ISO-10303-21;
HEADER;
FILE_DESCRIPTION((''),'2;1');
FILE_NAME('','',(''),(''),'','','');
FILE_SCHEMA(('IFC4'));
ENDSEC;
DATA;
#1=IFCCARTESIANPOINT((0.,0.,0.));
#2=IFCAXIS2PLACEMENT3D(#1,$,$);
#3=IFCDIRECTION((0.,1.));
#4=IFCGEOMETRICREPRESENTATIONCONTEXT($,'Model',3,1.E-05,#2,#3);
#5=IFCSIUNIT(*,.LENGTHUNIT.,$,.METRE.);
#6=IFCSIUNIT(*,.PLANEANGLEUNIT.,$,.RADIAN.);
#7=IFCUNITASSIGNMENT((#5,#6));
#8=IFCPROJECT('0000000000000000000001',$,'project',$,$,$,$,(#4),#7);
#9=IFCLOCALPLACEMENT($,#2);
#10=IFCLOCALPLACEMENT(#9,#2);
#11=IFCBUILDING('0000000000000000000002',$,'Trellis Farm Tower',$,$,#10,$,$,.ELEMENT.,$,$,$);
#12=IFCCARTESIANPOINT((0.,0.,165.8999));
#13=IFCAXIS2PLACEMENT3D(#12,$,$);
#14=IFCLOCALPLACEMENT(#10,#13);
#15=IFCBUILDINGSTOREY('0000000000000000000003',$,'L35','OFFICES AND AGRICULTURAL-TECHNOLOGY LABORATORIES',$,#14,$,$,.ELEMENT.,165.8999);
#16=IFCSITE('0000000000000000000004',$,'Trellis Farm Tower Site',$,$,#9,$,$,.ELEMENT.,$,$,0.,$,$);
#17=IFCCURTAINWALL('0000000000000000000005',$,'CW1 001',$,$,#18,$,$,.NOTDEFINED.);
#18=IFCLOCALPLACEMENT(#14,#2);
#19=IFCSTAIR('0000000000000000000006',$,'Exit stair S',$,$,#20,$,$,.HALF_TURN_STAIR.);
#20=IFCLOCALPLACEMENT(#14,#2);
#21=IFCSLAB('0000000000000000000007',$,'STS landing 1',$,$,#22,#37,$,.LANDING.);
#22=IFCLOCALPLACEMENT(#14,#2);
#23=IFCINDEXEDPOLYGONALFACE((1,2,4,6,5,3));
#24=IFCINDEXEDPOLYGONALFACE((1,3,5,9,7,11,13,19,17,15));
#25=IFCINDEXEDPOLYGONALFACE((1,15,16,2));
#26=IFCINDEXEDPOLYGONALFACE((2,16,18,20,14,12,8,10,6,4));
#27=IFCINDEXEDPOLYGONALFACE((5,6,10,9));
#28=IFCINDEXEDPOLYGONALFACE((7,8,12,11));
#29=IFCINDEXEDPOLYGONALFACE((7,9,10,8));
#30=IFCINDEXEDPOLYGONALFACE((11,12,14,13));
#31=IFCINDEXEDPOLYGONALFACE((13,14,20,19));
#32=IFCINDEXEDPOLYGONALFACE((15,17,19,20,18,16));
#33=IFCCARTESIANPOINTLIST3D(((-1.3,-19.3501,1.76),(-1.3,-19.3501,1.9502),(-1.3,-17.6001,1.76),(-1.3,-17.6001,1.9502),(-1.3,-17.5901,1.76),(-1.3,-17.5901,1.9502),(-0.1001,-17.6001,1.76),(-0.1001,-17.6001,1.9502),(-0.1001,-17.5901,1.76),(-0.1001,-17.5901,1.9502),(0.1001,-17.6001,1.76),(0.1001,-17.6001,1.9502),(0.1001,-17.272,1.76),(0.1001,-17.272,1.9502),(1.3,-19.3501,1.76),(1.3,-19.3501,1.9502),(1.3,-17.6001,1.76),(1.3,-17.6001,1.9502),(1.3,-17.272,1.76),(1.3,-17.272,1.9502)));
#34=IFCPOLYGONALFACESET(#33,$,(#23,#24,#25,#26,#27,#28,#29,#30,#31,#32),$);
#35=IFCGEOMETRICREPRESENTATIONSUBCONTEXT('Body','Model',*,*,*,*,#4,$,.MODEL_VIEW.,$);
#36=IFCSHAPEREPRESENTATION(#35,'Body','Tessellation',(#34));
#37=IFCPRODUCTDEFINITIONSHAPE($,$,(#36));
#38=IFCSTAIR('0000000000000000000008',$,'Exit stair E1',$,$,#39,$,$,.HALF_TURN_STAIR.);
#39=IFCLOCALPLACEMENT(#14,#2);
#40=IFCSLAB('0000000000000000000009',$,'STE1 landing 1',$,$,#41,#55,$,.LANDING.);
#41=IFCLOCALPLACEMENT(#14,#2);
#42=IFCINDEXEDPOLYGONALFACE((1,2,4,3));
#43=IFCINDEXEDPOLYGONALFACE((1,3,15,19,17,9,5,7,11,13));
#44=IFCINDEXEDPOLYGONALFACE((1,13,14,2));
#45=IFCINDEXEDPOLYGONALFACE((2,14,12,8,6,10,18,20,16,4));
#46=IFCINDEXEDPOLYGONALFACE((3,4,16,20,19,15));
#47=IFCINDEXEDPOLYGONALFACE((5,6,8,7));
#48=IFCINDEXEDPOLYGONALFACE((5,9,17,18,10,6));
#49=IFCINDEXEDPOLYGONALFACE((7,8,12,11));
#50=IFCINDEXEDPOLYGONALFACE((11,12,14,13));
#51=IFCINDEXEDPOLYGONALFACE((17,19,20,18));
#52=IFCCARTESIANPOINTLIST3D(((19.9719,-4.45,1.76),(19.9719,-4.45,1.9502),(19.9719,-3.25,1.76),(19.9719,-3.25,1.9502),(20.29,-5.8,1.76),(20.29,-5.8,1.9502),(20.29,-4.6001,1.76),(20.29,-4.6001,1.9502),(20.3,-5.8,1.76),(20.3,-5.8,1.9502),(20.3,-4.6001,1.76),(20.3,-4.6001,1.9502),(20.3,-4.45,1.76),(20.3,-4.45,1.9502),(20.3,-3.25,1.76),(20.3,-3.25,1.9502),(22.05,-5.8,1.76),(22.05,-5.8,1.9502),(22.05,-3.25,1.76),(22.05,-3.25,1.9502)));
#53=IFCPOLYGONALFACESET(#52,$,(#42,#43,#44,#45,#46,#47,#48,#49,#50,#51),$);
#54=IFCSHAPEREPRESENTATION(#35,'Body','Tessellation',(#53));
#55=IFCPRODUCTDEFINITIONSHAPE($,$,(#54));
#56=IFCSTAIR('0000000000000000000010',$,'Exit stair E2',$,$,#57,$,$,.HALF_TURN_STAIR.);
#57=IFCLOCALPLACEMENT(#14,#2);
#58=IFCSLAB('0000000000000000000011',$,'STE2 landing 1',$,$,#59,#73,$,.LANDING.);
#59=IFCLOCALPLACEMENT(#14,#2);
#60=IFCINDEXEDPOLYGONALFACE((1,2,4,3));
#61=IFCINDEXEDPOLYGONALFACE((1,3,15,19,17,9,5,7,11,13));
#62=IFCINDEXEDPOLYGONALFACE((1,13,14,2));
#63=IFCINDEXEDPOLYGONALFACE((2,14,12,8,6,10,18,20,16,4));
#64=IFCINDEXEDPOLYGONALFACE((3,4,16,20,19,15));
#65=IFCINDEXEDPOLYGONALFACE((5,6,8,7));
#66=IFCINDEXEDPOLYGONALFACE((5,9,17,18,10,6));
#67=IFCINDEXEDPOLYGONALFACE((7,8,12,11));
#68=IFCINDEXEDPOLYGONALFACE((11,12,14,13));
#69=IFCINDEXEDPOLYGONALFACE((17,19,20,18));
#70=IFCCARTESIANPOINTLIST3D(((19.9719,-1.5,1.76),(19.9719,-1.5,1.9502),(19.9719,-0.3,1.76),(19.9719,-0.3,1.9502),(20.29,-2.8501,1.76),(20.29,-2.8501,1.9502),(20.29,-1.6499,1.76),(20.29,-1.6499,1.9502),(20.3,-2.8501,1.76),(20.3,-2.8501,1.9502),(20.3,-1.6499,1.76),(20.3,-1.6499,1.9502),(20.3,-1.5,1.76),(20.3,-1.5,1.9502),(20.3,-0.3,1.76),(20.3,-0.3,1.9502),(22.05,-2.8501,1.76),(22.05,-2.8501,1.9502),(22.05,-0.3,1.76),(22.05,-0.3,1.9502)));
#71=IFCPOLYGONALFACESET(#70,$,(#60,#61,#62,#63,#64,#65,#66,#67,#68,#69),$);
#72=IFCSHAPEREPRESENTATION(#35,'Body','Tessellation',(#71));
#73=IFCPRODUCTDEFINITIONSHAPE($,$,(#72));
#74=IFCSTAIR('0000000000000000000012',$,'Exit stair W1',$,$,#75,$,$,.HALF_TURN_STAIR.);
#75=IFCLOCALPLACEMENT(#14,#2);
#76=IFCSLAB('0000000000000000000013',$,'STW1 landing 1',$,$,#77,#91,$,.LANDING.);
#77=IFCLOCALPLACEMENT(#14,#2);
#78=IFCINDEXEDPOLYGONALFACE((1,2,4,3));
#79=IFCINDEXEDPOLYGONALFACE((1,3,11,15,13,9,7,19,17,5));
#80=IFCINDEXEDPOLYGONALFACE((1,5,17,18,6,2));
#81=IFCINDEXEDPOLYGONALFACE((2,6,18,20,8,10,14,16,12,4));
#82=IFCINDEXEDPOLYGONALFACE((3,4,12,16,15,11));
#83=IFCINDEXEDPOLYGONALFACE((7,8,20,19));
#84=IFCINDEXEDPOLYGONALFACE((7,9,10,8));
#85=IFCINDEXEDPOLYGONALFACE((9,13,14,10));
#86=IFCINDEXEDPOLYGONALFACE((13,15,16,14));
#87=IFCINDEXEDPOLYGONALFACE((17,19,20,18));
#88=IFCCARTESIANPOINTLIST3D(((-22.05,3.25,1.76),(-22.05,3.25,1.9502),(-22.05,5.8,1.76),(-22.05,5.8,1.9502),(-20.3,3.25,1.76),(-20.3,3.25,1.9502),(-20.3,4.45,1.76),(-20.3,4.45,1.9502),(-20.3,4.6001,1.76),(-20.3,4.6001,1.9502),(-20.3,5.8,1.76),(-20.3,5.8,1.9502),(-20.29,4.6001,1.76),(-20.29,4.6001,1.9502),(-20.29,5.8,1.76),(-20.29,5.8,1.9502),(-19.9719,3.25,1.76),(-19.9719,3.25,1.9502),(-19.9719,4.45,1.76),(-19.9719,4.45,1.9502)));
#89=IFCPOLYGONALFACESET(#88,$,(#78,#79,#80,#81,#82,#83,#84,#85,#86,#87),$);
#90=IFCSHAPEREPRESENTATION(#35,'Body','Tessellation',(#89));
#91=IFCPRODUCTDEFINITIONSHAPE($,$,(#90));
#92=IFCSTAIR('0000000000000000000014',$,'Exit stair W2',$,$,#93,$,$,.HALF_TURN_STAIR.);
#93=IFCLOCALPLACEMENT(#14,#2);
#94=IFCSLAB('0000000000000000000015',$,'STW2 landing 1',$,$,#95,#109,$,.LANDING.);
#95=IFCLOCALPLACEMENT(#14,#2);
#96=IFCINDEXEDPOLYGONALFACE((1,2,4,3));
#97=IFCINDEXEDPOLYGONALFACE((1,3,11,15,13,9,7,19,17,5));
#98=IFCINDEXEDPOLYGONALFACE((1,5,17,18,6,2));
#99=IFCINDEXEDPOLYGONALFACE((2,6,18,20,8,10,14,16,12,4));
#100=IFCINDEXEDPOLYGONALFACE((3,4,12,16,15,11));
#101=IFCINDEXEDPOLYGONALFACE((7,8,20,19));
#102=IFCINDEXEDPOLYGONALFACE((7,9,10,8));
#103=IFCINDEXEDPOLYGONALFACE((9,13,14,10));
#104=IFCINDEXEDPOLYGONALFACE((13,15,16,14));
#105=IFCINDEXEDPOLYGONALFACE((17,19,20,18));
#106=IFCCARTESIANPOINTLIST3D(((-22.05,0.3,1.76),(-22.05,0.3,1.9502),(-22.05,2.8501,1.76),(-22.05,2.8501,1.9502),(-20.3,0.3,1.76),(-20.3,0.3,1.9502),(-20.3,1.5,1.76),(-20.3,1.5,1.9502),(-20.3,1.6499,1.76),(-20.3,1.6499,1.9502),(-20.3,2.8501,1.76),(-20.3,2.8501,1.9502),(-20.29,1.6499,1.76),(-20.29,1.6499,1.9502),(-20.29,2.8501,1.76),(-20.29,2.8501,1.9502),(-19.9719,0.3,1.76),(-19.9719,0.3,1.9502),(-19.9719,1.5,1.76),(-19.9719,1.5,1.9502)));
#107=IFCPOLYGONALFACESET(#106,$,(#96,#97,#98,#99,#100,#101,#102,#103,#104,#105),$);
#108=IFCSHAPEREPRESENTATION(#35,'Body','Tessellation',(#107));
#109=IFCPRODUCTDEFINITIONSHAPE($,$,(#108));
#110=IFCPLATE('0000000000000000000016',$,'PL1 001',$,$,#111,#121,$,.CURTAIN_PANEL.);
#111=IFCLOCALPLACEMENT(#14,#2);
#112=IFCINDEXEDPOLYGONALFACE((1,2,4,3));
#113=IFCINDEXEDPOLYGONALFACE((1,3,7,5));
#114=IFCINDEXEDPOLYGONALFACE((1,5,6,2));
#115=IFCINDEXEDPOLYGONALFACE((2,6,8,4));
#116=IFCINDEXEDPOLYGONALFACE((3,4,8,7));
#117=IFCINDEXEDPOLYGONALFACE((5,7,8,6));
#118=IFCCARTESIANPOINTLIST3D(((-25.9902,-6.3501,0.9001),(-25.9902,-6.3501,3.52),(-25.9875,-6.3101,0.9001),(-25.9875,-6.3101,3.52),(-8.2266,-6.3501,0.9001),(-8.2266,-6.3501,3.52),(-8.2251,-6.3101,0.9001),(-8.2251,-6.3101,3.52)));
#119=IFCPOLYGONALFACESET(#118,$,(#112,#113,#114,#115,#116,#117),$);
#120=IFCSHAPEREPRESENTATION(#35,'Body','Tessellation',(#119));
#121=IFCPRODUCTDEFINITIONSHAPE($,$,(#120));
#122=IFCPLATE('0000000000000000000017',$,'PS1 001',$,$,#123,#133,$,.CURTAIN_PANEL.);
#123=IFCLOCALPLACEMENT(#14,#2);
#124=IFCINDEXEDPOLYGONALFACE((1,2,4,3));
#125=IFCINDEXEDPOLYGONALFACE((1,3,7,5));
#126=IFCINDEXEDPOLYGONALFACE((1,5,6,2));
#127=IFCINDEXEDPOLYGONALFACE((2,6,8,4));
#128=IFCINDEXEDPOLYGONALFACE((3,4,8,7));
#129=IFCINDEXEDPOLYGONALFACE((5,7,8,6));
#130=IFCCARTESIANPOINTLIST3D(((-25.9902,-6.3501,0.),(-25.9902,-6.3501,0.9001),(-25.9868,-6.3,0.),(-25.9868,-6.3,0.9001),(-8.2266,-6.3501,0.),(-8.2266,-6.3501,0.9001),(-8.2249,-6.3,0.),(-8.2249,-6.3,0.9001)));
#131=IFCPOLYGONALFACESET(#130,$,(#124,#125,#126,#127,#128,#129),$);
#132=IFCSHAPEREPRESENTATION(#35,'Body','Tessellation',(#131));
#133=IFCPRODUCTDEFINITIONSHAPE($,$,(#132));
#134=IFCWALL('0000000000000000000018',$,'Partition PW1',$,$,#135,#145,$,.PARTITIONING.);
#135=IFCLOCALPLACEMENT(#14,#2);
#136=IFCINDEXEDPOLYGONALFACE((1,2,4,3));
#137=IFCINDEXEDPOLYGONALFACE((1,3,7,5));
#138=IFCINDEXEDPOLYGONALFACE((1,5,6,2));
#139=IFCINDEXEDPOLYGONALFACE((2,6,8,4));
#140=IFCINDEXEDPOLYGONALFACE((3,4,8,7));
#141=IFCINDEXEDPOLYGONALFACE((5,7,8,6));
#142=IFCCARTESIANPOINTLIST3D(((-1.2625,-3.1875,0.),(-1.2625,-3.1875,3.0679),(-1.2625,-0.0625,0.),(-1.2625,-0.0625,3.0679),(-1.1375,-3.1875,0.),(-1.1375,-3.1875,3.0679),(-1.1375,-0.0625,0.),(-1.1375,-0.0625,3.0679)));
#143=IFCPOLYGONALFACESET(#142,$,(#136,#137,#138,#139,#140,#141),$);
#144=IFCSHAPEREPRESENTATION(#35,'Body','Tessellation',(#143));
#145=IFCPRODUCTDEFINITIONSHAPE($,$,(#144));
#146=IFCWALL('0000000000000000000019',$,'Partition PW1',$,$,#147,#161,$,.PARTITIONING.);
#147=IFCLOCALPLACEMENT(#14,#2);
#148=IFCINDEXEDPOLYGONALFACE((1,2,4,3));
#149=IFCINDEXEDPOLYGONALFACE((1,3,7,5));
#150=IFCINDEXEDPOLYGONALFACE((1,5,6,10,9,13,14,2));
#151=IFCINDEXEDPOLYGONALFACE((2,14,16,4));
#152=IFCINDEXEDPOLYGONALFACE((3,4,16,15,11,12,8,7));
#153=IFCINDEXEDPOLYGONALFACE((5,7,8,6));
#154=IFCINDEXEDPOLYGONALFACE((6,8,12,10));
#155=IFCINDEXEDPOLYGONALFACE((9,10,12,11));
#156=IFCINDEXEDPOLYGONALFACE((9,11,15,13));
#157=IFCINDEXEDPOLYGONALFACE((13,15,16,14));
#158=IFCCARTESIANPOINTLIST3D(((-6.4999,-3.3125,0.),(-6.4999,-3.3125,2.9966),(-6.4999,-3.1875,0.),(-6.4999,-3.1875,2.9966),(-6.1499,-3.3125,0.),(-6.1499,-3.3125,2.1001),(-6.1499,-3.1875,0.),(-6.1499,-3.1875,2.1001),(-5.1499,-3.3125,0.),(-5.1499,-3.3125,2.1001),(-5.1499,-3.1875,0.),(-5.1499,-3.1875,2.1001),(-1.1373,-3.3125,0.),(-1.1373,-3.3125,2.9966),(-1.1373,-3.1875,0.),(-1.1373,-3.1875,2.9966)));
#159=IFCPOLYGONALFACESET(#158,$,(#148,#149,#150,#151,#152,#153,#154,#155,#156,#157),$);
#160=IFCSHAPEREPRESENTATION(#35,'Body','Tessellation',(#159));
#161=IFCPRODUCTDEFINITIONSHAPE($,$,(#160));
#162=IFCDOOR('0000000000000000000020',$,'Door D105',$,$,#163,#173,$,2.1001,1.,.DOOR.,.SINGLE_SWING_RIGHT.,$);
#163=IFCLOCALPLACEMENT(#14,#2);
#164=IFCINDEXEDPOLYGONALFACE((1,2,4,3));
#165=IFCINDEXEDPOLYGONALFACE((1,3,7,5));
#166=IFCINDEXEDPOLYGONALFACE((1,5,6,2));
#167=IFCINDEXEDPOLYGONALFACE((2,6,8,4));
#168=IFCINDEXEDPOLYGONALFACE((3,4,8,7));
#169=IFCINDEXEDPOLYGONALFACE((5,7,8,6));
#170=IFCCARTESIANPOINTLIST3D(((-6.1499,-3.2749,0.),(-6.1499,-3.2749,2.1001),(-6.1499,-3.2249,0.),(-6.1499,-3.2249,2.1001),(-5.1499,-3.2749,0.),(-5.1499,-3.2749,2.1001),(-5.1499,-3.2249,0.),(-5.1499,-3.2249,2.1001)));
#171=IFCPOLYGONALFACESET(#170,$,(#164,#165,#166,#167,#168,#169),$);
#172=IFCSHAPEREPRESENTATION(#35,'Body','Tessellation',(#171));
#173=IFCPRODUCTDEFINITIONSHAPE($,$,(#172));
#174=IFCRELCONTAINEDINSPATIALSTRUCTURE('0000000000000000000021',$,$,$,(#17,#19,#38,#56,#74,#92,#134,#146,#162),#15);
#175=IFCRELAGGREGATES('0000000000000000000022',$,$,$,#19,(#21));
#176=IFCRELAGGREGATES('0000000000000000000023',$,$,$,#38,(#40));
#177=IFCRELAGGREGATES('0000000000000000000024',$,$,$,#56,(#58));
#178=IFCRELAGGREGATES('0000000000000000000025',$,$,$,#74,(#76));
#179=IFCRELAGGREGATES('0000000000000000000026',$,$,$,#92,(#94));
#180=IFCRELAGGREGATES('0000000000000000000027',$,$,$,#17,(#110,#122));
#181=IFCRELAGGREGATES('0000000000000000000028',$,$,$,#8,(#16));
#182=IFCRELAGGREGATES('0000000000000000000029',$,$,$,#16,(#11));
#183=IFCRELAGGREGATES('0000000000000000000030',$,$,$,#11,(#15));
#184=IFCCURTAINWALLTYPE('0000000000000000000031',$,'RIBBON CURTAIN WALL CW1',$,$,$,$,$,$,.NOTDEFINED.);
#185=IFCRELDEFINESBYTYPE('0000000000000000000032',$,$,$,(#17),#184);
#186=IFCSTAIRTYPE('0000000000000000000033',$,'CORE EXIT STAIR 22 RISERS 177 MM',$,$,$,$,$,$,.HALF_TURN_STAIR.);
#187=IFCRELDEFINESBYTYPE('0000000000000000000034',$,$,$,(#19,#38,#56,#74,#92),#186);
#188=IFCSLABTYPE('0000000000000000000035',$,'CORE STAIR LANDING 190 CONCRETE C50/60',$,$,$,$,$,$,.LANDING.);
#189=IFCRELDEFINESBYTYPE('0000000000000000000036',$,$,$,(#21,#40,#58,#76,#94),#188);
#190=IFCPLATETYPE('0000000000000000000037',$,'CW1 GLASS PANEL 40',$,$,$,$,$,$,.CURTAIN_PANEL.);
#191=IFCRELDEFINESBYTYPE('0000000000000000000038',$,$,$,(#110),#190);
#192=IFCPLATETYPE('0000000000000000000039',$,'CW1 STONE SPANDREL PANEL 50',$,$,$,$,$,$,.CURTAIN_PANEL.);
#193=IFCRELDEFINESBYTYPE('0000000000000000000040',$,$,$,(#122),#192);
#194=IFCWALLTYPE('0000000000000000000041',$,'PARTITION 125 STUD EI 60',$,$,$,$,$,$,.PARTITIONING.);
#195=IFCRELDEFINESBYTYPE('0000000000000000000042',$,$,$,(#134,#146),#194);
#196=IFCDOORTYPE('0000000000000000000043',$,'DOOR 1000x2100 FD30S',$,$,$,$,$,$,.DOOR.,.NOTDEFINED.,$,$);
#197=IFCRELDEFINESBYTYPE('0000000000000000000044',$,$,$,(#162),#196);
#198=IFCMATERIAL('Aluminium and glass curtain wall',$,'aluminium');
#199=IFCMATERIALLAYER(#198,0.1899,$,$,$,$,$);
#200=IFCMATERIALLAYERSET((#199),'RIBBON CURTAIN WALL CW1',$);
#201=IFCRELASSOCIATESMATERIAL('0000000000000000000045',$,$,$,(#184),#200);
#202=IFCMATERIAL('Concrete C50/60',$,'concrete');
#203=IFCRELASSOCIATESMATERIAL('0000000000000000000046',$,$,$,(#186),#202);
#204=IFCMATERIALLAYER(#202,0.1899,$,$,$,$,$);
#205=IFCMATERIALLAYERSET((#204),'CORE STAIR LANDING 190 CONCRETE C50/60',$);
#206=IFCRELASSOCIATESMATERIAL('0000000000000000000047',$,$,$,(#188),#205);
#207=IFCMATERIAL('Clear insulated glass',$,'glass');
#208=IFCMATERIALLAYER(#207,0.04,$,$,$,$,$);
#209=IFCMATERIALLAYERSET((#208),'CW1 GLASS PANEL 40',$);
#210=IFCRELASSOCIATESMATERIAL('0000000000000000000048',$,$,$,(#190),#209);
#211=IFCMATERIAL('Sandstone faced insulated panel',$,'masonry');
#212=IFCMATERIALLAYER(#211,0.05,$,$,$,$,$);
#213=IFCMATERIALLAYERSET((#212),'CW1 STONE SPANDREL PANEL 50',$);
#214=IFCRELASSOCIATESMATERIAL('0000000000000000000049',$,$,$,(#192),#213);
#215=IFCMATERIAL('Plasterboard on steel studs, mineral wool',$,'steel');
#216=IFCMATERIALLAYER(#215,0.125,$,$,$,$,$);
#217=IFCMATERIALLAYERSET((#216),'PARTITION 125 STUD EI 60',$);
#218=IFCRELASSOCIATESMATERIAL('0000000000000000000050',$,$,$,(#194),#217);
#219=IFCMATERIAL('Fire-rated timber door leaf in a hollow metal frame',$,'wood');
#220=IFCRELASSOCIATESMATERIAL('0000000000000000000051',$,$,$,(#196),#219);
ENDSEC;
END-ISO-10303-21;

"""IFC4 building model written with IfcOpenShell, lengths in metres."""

from ifc_helpers import new_model, si_unit, direction, frame, frame_2d, origin, place, context, subcontext, project, spatial, polyline, rectangle, outline, extrude, source, transform, mapped, material, layer, layer_set, type_object, element, fill, aggregate, save


model = new_model("IFC4")

# Units and contexts
model_context = context("Model", 3, precision=1e-05, world=origin(), true_north=direction((0.0, 1.0)))
body_context = subcontext(model_context, "Body", "Model", "MODEL_VIEW")
ifc_project = project(units=[si_unit("LENGTHUNIT", "METRE"), si_unit("PLANEANGLEUNIT", "RADIAN")], contexts=[model_context])

# Site, building, storey
site_placement = place(None, origin())
site = spatial("IfcSite", under=ifc_project, at=site_placement, Name="Trellis Farm Tower Site", CompositionType="ELEMENT", RefElevation=0.0)
building_placement = place(site_placement, origin())
building = spatial("IfcBuilding", under=site, at=building_placement, Name="Trellis Farm Tower", CompositionType="ELEMENT")
storey_placement = place(building_placement, frame((0.0, 0.0, 165.8999)))
storey = spatial("IfcBuildingStorey", under=building, at=storey_placement, Name="L35", Description="OFFICES AND AGRICULTURAL-TECHNOLOGY LABORATORIES", CompositionType="ELEMENT", Elevation=165.8999)

# Curtain wall
ifc_material_1 = material(Name="Aluminium and glass curtain wall", Category="aluminium")
ifc_layer_1 = layer(ifc_material_1, 0.1899)
ifc_layer_set_1 = layer_set([ifc_layer_1], Name="RIBBON CURTAIN WALL CW1")
curtain_wall_type = type_object("IfcCurtainWallType", Name="RIBBON CURTAIN WALL CW1", PredefinedType="NOTDEFINED", material=ifc_layer_set_1)
placement_1 = place(storey_placement, origin())
curtain_wall = element("IfcCurtainWall", 1, at=placement_1, inside=storey, type_object=curtain_wall_type, Name="CW1 001", PredefinedType="NOTDEFINED")

# Stairs, slabs
ifc_material_2 = material(Name="Concrete C50/60", Category="concrete")
stair_type = type_object("IfcStairType", Name="CORE EXIT STAIR 22 RISERS 177 MM", PredefinedType="HALF_TURN_STAIR", material=ifc_material_2)
ifc_layer_2 = layer(ifc_material_2, 0.1899)
ifc_layer_set_2 = layer_set([ifc_layer_2], Name="CORE STAIR LANDING 190 CONCRETE C50/60")
slab_type_1 = type_object("IfcSlabType", Name="CORE STAIR LANDING 190 CONCRETE C50/60", PredefinedType="LANDING", material=ifc_layer_set_2)
placement_2 = place(storey_placement, frame((0.0, 0.0, 1.76)))
stair_1 = element("IfcStair", 2, at=placement_1, inside=storey, type_object=stair_type, Name="Exit stair S", PredefinedType="HALF_TURN_STAIR")
shared_shape_1 = source(origin(), body_context, "Body", "SweptSolid", [
    extrude(outline(polyline([(1.3, -19.3501), (-1.3, -19.3501), (-1.3, -17.6001), (-1.3, -17.5901), (-0.1001, -17.5901), (-0.1001, -17.6001), (0.1001, -17.6001), (0.1001, -17.272), (1.3, -17.272), (1.3, -17.6001), (1.3, -19.3501)])), origin(), (0.0, 0.0, 1.0), 0.1902),
])
slab_1 = element("IfcSlab", 3, at=placement_2, type_object=slab_type_1, Name="STS landing 1", PredefinedType="LANDING", context=body_context, shape_type="MappedRepresentation", body=[
    mapped(shared_shape_1, transform((0.0, 0.0, 0.0))),
])
aggregate(stair_1, [slab_1])
stair_2 = element("IfcStair", 4, at=placement_1, inside=storey, type_object=stair_type, Name="Exit stair E1", PredefinedType="HALF_TURN_STAIR")
shared_shape_2 = source(origin(), body_context, "Body", "SweptSolid", [
    extrude(outline(polyline([(20.29, -5.8), (20.29, -4.6001), (20.3, -4.6001), (20.3, -4.45), (19.9719, -4.45), (19.9719, -3.25), (20.3, -3.25), (22.05, -3.25), (22.05, -5.8), (20.3, -5.8), (20.29, -5.8)])), origin(), (0.0, 0.0, 1.0), 0.1902),
])
slab_2 = element("IfcSlab", 5, at=placement_2, type_object=slab_type_1, Name="STE1 landing 1", PredefinedType="LANDING", context=body_context, shape_type="MappedRepresentation", body=[
    mapped(shared_shape_2, transform((0.0, 0.0, 0.0))),
])
aggregate(stair_2, [slab_2])
stair_3 = element("IfcStair", 6, at=placement_1, inside=storey, type_object=stair_type, Name="Exit stair E2", PredefinedType="HALF_TURN_STAIR")
shared_shape_3 = source(origin(), body_context, "Body", "SweptSolid", [
    extrude(outline(polyline([(20.29, -2.8501), (20.29, -1.6499), (20.3, -1.6499), (20.3, -1.5), (19.9719, -1.5), (19.9719, -0.3), (20.3, -0.3), (22.05, -0.3), (22.05, -2.8501), (20.3, -2.8501), (20.29, -2.8501)])), origin(), (0.0, 0.0, 1.0), 0.1902),
])
slab_3 = element("IfcSlab", 7, at=placement_2, type_object=slab_type_1, Name="STE2 landing 1", PredefinedType="LANDING", context=body_context, shape_type="MappedRepresentation", body=[
    mapped(shared_shape_3, transform((0.0, 0.0, 0.0))),
])
aggregate(stair_3, [slab_3])
stair_4 = element("IfcStair", 8, at=placement_1, inside=storey, type_object=stair_type, Name="Exit stair W1", PredefinedType="HALF_TURN_STAIR")
shared_shape_4 = source(origin(), body_context, "Body", "SweptSolid", [
    extrude(outline(polyline([(-19.9719, 4.45), (-19.9719, 3.25), (-20.3, 3.25), (-22.05, 3.25), (-22.05, 5.8), (-20.3, 5.8), (-20.29, 5.8), (-20.29, 4.6001), (-20.3, 4.6001), (-20.3, 4.45), (-19.9719, 4.45)])), origin(), (0.0, 0.0, 1.0), 0.1902),
])
slab_4 = element("IfcSlab", 9, at=placement_2, type_object=slab_type_1, Name="STW1 landing 1", PredefinedType="LANDING", context=body_context, shape_type="MappedRepresentation", body=[
    mapped(shared_shape_4, transform((0.0, 0.0, 0.0))),
])
aggregate(stair_4, [slab_4])
stair_5 = element("IfcStair", 10, at=placement_1, inside=storey, type_object=stair_type, Name="Exit stair W2", PredefinedType="HALF_TURN_STAIR")
shared_shape_5 = source(origin(), body_context, "Body", "SweptSolid", [
    extrude(outline(polyline([(-19.9719, 1.5), (-19.9719, 0.3), (-20.3, 0.3), (-22.05, 0.3), (-22.05, 2.8501), (-20.3, 2.8501), (-20.29, 2.8501), (-20.29, 1.6499), (-20.3, 1.6499), (-20.3, 1.5), (-19.9719, 1.5)])), origin(), (0.0, 0.0, 1.0), 0.1902),
])
slab_5 = element("IfcSlab", 11, at=placement_2, type_object=slab_type_1, Name="STW2 landing 1", PredefinedType="LANDING", context=body_context, shape_type="MappedRepresentation", body=[
    mapped(shared_shape_5, transform((0.0, 0.0, 0.0))),
])
aggregate(stair_5, [slab_5])

# Plates
ifc_material_3 = material(Name="Clear insulated glass", Category="glass")
ifc_layer_3 = layer(ifc_material_3, 0.04)
ifc_layer_set_3 = layer_set([ifc_layer_3], Name="CW1 GLASS PANEL 40")
plate_type_1 = type_object("IfcPlateType", Name="CW1 GLASS PANEL 40", PredefinedType="CURTAIN_PANEL", material=ifc_layer_set_3)
shared_shape_6 = source(origin(), body_context, "Body", "SweptSolid", [
    extrude(outline(polyline([(-25.9902, -6.3501), (-8.2266, -6.3501), (-8.2251, -6.3101), (-25.9875, -6.3101), (-25.9902, -6.3501)])), origin(), (0.0, 0.0, 1.0), 2.6199),
])
plate_1_placement = place(storey_placement, frame((0.0, 0.0, 0.9001)))
plate_1 = element("IfcPlate", 12, at=plate_1_placement, type_object=plate_type_1, Name="PL1 001", PredefinedType="CURTAIN_PANEL", context=body_context, shape_type="MappedRepresentation", body=[
    mapped(shared_shape_6, transform((0.0, 0.0, 0.0))),
])
ifc_material_4 = material(Name="Sandstone faced insulated panel", Category="masonry")
ifc_layer_4 = layer(ifc_material_4, 0.05)
ifc_layer_set_4 = layer_set([ifc_layer_4], Name="CW1 STONE SPANDREL PANEL 50")
plate_type_2 = type_object("IfcPlateType", Name="CW1 STONE SPANDREL PANEL 50", PredefinedType="CURTAIN_PANEL", material=ifc_layer_set_4)
shared_shape_7 = source(origin(), body_context, "Body", "SweptSolid", [
    extrude(outline(polyline([(-25.9902, -6.3501), (-8.2266, -6.3501), (-8.2249, -6.3), (-25.9868, -6.3), (-25.9902, -6.3501)])), origin(), (0.0, 0.0, 1.0), 0.9001),
])
plate_2 = element("IfcPlate", 13, at=placement_1, type_object=plate_type_2, Name="PS1 001", PredefinedType="CURTAIN_PANEL", context=body_context, shape_type="MappedRepresentation", body=[
    mapped(shared_shape_7, transform((0.0, 0.0, 0.0))),
])
aggregate(curtain_wall, [plate_1, plate_2])

# Wall
ifc_material_5 = material(Name="Plasterboard on steel studs, mineral wool", Category="steel")
ifc_layer_5 = layer(ifc_material_5, 0.125)
ifc_layer_set_5 = layer_set([ifc_layer_5], Name="PARTITION 125 STUD EI 60")
wall_type = type_object("IfcWallType", Name="PARTITION 125 STUD EI 60", PredefinedType="PARTITIONING", material=ifc_layer_set_5)
shared_shape_8 = source(origin(), body_context, "Body", "SweptSolid", [
    extrude(rectangle(XDim=3.125, YDim=0.125, at=frame_2d((1.5625, 0.0))), origin(), (0.0, 0.0, 1.0), 3.0679),
])
wall_1_placement = place(storey_placement, frame((-1.2, -0.0625, 0.0), z_axis=(0.0, 0.0, 1.0), x_axis=(0.0, -1.0, 0.0)))
element("IfcWall", 14, at=wall_1_placement, inside=storey, type_object=wall_type, Name="Partition PW1", PredefinedType="PARTITIONING", context=body_context, shape_type="MappedRepresentation", body=[
    mapped(shared_shape_8, transform((0.0, 0.0, 0.0))),
])

# Wall, opening, door
shared_shape_9 = source(origin(), body_context, "Body", "SweptSolid", [
    extrude(rectangle(XDim=5.3625, YDim=0.125, at=frame_2d((2.6812, 0.0))), origin(), (0.0, 0.0, 1.0), 2.9966),
])
wall_2_placement = place(storey_placement, frame((-1.1375, -3.25, 0.0), z_axis=(0.0, 0.0, 1.0), x_axis=(-1.0, 0.0, 0.0)))
wall_2 = element("IfcWall", 15, at=wall_2_placement, inside=storey, type_object=wall_type, Name="Partition PW1", PredefinedType="PARTITIONING", context=body_context, shape_type="MappedRepresentation", body=[
    mapped(shared_shape_9, transform((0.0, 0.0, 0.0))),
])
shared_shape_10 = source(origin(), body_context, "Body", "SweptSolid", [
    extrude(rectangle(XDim=1.0, YDim=2.1001, at=frame_2d((0.5, 1.05))), frame((0.0, 0.0725, 0.0), z_axis=(0.0, -1.0, 0.0), x_axis=(1.0, 0.0, 0.0)), (0.0, 0.0, 1.0), 0.145),
])
opening_placement = place(wall_2_placement, frame((4.0125, 0.0, 0.0)))
opening = element("IfcOpeningElement", 16, at=opening_placement, cuts=wall_2, PredefinedType="OPENING", context=body_context, shape_type="MappedRepresentation", body=[
    mapped(shared_shape_10, transform((0.0, 0.0, 0.0))),
])
ifc_material_6 = material(Name="Fire-rated timber door leaf in a hollow metal frame", Category="wood")
door_type = type_object("IfcDoorType", Name="DOOR 1000x2100 FD30S", OperationType="NOTDEFINED", PredefinedType="DOOR", material=ifc_material_6)
shared_shape_11 = source(origin(), body_context, "Body", "SweptSolid", [
    extrude(rectangle(XDim=1.0, YDim=2.1001, at=frame_2d((0.5, 1.05))), frame((0.0, 0.0249, 0.0), z_axis=(0.0, -1.0, 0.0), x_axis=(1.0, 0.0, 0.0)), (0.0, 0.0, 1.0), 0.05),
])
door_placement = place(opening_placement, origin())
door = element("IfcDoor", 17, at=door_placement, inside=storey, type_object=door_type, Name="Door D105", OperationType="SINGLE_SWING_RIGHT", OverallHeight=2.1001, OverallWidth=1.0, PredefinedType="DOOR", context=body_context, shape_type="MappedRepresentation", body=[
    mapped(shared_shape_11, transform((0.0, 0.0, 0.0))),
])
fill(opening, door)

save(model, "model.ifc")
